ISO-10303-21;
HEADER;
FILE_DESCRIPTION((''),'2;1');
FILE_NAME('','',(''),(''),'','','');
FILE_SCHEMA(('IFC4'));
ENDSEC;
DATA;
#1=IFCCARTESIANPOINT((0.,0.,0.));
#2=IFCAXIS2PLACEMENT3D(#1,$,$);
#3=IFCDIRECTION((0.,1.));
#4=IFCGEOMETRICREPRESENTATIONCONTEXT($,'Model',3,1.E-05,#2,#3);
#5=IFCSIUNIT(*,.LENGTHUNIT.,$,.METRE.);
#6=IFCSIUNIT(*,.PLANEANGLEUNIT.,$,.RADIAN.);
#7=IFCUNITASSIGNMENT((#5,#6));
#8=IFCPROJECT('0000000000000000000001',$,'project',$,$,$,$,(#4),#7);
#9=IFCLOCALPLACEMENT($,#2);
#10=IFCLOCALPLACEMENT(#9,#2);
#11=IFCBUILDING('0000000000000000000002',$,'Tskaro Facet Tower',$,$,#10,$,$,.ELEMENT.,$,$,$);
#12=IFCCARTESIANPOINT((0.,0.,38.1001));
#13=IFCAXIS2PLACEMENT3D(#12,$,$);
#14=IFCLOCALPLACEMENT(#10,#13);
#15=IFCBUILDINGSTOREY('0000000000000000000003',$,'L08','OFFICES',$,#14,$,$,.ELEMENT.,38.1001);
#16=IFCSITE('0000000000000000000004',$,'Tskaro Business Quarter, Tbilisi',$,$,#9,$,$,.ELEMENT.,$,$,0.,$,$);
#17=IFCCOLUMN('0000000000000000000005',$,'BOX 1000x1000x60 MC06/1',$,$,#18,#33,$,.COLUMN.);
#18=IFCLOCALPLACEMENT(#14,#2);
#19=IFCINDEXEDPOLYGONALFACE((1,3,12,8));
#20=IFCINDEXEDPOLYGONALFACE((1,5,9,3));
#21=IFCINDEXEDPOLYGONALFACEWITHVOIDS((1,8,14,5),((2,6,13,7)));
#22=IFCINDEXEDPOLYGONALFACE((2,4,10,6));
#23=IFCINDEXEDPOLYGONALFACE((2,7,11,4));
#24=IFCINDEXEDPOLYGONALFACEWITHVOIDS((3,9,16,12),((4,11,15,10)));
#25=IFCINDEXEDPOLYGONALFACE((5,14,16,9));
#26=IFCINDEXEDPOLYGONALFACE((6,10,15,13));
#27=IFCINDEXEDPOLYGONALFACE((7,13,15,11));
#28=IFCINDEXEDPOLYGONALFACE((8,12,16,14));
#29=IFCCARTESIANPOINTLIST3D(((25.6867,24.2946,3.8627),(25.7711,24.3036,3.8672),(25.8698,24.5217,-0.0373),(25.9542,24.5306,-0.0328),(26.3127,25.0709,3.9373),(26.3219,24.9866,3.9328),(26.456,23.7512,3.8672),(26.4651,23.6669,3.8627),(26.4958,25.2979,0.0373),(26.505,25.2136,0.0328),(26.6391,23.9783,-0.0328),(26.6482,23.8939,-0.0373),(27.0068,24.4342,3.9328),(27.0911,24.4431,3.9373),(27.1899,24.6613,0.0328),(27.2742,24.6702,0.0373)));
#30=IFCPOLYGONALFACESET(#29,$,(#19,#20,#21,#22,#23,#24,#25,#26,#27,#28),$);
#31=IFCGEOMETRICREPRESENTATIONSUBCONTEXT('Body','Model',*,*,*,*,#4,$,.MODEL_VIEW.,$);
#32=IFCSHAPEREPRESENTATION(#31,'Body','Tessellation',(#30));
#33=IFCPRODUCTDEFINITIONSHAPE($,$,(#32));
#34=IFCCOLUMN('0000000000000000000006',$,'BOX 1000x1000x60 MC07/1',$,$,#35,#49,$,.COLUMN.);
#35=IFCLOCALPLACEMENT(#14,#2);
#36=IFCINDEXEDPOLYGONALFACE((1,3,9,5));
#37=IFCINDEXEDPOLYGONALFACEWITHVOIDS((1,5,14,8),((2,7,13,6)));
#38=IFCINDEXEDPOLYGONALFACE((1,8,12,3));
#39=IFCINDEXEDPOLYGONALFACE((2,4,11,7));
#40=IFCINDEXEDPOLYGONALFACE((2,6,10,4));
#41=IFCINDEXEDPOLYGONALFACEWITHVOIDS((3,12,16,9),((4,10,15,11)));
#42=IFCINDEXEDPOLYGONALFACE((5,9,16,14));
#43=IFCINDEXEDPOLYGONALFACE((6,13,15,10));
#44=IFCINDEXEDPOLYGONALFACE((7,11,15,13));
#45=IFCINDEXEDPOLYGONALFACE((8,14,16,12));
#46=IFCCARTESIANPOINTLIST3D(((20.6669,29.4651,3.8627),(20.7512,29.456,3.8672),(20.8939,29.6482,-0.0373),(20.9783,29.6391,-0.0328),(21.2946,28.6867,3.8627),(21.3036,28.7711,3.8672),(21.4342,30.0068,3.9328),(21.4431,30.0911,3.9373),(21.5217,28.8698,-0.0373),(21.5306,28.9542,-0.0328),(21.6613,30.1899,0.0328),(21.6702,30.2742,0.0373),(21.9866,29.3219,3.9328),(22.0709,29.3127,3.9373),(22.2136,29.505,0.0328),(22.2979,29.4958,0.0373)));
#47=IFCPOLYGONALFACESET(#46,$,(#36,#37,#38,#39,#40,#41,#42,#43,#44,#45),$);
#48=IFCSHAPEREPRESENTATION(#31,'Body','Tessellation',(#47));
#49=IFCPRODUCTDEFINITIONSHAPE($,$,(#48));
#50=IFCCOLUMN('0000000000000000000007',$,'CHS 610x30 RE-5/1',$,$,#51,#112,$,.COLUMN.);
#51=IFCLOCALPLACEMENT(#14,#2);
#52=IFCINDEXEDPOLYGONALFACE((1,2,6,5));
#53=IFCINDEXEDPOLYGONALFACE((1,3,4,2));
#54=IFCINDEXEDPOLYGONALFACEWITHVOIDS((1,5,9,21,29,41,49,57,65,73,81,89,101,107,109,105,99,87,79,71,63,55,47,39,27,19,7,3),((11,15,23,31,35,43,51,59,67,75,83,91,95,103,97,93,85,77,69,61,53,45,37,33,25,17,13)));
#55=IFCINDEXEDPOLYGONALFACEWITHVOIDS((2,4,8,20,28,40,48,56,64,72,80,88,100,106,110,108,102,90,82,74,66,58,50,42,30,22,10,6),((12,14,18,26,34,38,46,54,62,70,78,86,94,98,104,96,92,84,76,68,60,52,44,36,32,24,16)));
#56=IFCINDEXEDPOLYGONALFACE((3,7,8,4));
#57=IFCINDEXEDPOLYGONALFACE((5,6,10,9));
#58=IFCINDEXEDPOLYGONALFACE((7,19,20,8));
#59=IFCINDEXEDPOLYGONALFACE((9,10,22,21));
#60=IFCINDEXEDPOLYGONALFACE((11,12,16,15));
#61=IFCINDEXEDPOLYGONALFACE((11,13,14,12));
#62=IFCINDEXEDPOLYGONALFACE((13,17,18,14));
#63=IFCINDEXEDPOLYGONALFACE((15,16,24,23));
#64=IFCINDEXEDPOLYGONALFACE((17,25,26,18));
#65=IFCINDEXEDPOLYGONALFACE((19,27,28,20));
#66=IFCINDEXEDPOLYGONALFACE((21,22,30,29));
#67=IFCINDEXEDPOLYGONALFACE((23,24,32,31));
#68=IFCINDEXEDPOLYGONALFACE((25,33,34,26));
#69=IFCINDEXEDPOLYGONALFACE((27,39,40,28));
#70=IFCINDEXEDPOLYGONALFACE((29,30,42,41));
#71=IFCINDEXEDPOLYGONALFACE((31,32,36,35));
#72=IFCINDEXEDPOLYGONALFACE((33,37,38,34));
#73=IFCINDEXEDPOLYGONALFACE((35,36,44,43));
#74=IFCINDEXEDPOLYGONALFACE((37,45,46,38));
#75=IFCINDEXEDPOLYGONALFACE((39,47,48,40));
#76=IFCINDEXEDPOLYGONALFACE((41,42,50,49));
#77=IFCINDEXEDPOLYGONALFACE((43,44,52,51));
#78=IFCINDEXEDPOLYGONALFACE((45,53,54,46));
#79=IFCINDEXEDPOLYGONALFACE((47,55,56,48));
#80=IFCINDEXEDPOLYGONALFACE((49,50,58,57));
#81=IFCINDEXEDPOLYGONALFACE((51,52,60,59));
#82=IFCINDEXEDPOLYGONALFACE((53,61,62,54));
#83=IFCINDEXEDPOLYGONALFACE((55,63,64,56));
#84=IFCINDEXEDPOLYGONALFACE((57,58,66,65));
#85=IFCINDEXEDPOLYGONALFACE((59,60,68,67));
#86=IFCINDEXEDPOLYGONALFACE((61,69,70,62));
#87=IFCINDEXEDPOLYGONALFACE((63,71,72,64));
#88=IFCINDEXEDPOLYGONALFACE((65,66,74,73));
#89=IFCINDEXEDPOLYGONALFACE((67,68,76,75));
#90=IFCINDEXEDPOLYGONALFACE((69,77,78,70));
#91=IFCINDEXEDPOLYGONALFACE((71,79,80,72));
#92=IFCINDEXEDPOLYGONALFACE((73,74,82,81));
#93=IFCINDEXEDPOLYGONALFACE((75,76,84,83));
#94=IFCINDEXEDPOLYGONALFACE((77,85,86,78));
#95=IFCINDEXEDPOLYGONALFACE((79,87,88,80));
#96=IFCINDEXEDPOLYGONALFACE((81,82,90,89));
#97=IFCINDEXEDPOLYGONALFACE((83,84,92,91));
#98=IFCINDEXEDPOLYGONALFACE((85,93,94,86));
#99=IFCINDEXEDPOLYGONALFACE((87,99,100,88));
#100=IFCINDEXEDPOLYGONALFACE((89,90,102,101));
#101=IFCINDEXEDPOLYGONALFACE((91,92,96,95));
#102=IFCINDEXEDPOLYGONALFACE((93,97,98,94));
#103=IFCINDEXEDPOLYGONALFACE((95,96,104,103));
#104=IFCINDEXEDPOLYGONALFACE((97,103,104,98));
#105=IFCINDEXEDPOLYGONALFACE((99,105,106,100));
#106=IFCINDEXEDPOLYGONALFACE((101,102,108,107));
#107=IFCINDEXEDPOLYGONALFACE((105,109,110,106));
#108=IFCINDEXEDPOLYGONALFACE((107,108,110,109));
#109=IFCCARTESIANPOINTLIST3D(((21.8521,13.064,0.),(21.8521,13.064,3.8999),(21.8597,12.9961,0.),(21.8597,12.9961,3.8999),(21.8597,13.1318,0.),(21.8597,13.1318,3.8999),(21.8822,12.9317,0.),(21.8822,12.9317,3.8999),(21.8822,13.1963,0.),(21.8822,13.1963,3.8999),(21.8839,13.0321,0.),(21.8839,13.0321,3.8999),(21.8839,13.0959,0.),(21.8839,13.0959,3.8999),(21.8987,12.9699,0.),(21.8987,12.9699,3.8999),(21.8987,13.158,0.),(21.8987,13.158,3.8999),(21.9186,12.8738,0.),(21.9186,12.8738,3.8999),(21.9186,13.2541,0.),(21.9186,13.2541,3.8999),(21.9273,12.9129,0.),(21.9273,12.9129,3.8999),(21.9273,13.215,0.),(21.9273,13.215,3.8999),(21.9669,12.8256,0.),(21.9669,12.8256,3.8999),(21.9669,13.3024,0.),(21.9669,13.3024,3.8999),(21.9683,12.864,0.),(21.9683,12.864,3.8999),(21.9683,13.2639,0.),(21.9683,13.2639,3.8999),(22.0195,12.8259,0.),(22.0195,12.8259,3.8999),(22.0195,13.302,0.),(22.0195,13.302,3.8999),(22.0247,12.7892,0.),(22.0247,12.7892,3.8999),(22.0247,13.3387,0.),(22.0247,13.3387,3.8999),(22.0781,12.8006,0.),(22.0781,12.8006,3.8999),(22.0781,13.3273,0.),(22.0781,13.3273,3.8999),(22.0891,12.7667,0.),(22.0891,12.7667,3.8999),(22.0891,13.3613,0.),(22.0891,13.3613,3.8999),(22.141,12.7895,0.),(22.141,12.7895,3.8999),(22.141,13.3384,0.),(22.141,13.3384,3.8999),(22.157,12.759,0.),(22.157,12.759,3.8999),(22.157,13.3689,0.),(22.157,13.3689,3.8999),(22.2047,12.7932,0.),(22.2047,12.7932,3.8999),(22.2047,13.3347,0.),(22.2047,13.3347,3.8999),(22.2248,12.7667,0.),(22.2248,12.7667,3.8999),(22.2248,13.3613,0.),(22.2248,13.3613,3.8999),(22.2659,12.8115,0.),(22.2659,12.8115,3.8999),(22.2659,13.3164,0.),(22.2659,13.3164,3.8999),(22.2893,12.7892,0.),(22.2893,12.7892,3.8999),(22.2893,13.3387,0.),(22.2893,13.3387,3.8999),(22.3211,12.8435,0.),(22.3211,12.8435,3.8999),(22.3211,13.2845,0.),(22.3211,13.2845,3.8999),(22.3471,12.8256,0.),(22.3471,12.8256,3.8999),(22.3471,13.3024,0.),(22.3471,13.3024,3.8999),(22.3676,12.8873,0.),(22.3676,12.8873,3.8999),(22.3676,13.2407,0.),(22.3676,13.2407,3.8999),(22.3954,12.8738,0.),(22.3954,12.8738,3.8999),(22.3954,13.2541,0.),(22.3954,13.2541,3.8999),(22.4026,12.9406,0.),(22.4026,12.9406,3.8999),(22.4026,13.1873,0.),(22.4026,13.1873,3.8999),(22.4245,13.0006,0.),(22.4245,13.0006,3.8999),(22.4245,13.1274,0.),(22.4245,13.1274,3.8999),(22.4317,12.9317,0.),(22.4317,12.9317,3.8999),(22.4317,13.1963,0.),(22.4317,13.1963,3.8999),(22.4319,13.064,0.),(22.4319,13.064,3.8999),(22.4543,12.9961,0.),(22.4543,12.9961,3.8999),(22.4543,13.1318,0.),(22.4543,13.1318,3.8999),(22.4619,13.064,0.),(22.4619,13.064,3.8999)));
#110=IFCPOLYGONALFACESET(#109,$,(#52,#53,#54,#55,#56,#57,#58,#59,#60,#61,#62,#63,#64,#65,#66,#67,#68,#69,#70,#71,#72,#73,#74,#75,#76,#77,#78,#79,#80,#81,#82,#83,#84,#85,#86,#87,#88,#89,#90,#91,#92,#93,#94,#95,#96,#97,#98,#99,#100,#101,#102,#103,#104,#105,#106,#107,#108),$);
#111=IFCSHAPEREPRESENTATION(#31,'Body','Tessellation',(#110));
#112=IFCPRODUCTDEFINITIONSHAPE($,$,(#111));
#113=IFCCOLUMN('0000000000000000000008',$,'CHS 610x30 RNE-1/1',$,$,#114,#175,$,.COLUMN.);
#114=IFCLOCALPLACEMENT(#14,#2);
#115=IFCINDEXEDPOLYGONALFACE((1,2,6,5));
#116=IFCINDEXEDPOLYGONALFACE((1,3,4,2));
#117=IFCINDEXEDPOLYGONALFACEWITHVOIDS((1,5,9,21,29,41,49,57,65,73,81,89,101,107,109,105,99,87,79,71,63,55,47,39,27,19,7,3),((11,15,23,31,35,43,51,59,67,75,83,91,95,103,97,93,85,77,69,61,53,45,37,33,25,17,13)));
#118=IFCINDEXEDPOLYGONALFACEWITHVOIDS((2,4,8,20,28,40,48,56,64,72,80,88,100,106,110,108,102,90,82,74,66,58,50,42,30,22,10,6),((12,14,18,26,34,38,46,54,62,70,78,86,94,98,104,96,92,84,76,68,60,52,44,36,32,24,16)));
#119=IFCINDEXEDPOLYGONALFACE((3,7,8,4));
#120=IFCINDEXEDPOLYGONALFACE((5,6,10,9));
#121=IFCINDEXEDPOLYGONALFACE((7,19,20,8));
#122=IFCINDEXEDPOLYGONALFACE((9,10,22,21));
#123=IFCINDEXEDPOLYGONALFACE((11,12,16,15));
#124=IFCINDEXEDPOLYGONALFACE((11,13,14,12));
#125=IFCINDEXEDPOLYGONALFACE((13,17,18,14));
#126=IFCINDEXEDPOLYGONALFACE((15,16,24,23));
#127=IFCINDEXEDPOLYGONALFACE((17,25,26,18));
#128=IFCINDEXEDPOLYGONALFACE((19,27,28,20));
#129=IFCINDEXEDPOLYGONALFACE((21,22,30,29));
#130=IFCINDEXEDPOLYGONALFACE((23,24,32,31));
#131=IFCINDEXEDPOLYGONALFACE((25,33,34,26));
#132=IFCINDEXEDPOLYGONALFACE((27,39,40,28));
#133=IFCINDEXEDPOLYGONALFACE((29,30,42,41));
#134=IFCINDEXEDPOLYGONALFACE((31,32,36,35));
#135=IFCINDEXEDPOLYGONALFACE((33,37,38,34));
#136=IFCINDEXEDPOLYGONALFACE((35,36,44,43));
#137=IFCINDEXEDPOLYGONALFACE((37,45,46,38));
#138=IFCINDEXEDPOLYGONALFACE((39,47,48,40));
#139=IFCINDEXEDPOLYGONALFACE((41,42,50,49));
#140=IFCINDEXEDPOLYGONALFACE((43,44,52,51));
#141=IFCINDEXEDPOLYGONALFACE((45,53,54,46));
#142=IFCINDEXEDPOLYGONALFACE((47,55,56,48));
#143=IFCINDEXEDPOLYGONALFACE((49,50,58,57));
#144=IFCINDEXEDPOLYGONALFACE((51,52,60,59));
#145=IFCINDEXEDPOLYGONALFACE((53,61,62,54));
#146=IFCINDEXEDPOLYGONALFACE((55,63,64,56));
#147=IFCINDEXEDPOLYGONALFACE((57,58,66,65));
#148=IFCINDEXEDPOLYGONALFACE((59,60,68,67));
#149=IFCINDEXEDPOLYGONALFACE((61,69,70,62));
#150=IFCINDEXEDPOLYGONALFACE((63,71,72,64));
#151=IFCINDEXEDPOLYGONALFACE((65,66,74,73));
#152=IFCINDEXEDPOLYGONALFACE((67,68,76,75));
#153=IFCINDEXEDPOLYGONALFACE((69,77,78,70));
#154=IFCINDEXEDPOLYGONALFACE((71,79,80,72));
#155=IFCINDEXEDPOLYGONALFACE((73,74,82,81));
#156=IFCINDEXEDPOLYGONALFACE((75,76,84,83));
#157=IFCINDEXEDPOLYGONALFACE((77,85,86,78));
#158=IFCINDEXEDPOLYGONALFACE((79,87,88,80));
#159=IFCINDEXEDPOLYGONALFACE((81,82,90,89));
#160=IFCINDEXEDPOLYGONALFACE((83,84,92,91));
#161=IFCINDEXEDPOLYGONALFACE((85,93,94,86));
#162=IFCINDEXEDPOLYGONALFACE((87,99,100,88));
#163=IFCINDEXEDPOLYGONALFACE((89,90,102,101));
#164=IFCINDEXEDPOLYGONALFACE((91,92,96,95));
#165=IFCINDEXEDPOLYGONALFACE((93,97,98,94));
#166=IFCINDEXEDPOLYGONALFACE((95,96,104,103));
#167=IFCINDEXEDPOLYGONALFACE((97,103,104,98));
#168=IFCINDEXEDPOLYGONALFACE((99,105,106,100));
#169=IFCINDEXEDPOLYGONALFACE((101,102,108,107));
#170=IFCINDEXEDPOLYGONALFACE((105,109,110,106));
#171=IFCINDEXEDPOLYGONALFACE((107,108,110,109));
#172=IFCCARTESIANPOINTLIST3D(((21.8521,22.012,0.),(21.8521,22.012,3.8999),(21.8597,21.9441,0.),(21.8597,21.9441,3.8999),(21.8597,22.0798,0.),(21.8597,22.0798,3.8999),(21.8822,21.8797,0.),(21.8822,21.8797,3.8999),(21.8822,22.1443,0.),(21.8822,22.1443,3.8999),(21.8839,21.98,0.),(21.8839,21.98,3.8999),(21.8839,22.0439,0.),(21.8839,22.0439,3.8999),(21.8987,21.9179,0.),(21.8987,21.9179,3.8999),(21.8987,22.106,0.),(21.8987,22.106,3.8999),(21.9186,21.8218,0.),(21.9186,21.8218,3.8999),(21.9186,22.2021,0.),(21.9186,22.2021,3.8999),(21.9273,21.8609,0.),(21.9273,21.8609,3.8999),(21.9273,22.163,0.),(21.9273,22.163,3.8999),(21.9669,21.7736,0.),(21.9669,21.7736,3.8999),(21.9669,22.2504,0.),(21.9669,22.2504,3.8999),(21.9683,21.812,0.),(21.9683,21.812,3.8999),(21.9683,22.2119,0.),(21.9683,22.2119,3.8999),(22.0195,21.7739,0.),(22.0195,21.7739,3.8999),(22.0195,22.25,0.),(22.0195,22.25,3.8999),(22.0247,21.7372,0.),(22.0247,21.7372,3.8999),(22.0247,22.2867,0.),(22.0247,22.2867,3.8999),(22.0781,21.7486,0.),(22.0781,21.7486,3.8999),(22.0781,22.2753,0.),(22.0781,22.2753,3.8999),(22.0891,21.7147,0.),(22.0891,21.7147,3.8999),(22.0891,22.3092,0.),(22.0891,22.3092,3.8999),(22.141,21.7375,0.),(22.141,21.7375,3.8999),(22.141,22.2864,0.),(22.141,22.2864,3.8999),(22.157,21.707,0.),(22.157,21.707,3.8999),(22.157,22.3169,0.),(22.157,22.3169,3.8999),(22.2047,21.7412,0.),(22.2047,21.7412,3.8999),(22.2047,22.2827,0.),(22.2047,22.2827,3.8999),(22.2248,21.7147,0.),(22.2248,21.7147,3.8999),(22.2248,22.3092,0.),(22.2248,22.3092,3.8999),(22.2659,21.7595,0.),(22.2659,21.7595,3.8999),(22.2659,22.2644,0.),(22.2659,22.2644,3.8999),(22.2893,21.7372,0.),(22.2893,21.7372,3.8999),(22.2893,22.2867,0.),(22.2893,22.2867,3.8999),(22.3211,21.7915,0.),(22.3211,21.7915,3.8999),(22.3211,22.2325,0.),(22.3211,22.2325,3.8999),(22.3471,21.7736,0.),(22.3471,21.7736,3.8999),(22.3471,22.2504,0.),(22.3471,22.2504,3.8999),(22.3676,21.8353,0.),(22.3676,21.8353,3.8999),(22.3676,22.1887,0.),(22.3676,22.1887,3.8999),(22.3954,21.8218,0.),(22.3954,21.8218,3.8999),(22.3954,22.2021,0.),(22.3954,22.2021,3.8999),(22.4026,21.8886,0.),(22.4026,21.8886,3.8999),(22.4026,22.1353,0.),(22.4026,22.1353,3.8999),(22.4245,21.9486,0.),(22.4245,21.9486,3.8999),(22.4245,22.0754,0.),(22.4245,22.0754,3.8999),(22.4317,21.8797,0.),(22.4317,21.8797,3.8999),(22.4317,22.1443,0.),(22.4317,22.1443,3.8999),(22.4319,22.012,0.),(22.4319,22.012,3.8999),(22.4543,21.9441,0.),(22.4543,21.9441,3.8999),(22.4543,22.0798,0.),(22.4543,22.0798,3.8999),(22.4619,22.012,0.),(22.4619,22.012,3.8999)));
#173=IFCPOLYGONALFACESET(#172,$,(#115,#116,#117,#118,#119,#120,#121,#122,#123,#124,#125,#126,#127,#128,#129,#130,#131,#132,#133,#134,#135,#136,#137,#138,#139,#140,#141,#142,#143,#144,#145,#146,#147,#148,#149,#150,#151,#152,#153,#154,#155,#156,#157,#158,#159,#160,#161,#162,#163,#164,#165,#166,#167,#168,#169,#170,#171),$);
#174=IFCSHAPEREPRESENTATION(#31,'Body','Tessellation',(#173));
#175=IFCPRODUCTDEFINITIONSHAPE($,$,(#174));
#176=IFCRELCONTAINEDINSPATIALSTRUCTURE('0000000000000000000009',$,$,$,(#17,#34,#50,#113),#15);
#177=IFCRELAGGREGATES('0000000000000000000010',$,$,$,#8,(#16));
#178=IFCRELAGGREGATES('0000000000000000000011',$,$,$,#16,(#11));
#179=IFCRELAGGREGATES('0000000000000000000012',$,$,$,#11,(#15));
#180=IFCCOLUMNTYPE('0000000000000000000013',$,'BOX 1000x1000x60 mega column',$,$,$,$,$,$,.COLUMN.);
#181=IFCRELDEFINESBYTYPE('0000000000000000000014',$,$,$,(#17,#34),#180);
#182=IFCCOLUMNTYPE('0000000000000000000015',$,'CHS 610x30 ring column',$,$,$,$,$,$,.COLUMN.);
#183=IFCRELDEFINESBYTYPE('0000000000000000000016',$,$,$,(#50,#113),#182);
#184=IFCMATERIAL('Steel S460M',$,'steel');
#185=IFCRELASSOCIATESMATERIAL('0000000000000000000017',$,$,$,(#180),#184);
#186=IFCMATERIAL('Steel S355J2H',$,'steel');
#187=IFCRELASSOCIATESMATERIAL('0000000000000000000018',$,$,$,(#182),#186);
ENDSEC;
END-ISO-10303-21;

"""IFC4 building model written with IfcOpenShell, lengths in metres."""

from ifc_helpers import new_model, si_unit, direction, frame, origin, origin_2d, place, context, subcontext, project, spatial, hollow_rectangle, hollow_circle, extrude, material, material_profile, profile_set, type_object, element, save


model = new_model("IFC4")

# Units and contexts
model_context = context("Model", 3, precision=1e-05, world=origin(), true_north=direction((0.0, 1.0)))
body_context = subcontext(model_context, "Body", "Model", "MODEL_VIEW")
ifc_project = project(units=[si_unit("LENGTHUNIT", "METRE"), si_unit("PLANEANGLEUNIT", "RADIAN")], contexts=[model_context])

# Site, building, storey
site_placement = place(None, origin())
site = spatial("IfcSite", under=ifc_project, at=site_placement, Name="Tskaro Business Quarter, Tbilisi", CompositionType="ELEMENT", RefElevation=0.0)
building_placement = place(site_placement, origin())
building = spatial("IfcBuilding", under=site, at=building_placement, Name="Tskaro Facet Tower", CompositionType="ELEMENT")
storey_placement = place(building_placement, frame((0.0, 0.0, 38.1001)))
storey = spatial("IfcBuildingStorey", under=building, at=storey_placement, Name="L08", Description="OFFICES", CompositionType="ELEMENT", Elevation=38.1001)

# Columns
ifc_material_1 = material(Name="Steel S460M", Category="steel")
ifc_material_profile_1 = material_profile(ifc_material_1, hollow_rectangle(XDim=1.0, YDim=1.0, WallThickness=0.0601, at=origin_2d()), Name="BOX 1000x1000x60")
ifc_profile_set_1 = profile_set([ifc_material_profile_1], Name="Steel S460M")
column_type_1 = type_object("IfcColumnType", Name="BOX 1000x1000x60 mega column", PredefinedType="COLUMN", material=ifc_profile_set_1)
for number, where, z_axis, x_axis, name in (
    (1, (26.572, 24.5959, 0.0), (-0.046821, -0.058057, 0.997215), (0.778413, -0.627752, 0.0), "BOX 1000x1000x60 MC06/1"),
    (2, (21.5959, 29.572, 0.0), (-0.058057, -0.046821, 0.997215), (0.627752, -0.778413, 0.0), "BOX 1000x1000x60 MC07/1"),
):
    element("IfcColumn", number, at=place(storey_placement, frame(where, z_axis=z_axis, x_axis=x_axis)), inside=storey, type_object=column_type_1, Name=name, PredefinedType="COLUMN", context=body_context, shape_type="SweptSolid", body=[
        extrude(hollow_rectangle(XDim=1.0, YDim=1.0, WallThickness=0.0601, at=origin_2d()), origin(), (0.0, 0.0, 1.0), 3.9109),
    ])
ifc_material_2 = material(Name="Steel S355J2H", Category="steel")
ifc_material_profile_2 = material_profile(ifc_material_2, hollow_circle(Radius=0.3049, WallThickness=0.03, at=origin_2d()), Name="CHS 610x30")
ifc_profile_set_2 = profile_set([ifc_material_profile_2], Name="Steel S355J2H")
column_type_2 = type_object("IfcColumnType", Name="CHS 610x30 ring column", PredefinedType="COLUMN", material=ifc_profile_set_2)
for number, where, z_axis, x_axis, name in (
    (3, (22.157, 13.064, 0.0), (0.0, 0.0, 1.0), (1.0, 0.0, 0.0), "CHS 610x30 RE-5/1"),
    (4, (22.157, 22.012, 0.0), (0.0, 0.0, 1.0), (1.0, 0.0, 0.0), "CHS 610x30 RNE-1/1"),
):
    element("IfcColumn", number, at=place(storey_placement, frame(where, z_axis=z_axis, x_axis=x_axis)), inside=storey, type_object=column_type_2, Name=name, PredefinedType="COLUMN", context=body_context, shape_type="SweptSolid", body=[
        extrude(hollow_circle(Radius=0.3049, WallThickness=0.03, at=origin_2d()), origin(), (0.0, 0.0, 1.0), 3.8999),
    ])

save(model, "model.ifc")
